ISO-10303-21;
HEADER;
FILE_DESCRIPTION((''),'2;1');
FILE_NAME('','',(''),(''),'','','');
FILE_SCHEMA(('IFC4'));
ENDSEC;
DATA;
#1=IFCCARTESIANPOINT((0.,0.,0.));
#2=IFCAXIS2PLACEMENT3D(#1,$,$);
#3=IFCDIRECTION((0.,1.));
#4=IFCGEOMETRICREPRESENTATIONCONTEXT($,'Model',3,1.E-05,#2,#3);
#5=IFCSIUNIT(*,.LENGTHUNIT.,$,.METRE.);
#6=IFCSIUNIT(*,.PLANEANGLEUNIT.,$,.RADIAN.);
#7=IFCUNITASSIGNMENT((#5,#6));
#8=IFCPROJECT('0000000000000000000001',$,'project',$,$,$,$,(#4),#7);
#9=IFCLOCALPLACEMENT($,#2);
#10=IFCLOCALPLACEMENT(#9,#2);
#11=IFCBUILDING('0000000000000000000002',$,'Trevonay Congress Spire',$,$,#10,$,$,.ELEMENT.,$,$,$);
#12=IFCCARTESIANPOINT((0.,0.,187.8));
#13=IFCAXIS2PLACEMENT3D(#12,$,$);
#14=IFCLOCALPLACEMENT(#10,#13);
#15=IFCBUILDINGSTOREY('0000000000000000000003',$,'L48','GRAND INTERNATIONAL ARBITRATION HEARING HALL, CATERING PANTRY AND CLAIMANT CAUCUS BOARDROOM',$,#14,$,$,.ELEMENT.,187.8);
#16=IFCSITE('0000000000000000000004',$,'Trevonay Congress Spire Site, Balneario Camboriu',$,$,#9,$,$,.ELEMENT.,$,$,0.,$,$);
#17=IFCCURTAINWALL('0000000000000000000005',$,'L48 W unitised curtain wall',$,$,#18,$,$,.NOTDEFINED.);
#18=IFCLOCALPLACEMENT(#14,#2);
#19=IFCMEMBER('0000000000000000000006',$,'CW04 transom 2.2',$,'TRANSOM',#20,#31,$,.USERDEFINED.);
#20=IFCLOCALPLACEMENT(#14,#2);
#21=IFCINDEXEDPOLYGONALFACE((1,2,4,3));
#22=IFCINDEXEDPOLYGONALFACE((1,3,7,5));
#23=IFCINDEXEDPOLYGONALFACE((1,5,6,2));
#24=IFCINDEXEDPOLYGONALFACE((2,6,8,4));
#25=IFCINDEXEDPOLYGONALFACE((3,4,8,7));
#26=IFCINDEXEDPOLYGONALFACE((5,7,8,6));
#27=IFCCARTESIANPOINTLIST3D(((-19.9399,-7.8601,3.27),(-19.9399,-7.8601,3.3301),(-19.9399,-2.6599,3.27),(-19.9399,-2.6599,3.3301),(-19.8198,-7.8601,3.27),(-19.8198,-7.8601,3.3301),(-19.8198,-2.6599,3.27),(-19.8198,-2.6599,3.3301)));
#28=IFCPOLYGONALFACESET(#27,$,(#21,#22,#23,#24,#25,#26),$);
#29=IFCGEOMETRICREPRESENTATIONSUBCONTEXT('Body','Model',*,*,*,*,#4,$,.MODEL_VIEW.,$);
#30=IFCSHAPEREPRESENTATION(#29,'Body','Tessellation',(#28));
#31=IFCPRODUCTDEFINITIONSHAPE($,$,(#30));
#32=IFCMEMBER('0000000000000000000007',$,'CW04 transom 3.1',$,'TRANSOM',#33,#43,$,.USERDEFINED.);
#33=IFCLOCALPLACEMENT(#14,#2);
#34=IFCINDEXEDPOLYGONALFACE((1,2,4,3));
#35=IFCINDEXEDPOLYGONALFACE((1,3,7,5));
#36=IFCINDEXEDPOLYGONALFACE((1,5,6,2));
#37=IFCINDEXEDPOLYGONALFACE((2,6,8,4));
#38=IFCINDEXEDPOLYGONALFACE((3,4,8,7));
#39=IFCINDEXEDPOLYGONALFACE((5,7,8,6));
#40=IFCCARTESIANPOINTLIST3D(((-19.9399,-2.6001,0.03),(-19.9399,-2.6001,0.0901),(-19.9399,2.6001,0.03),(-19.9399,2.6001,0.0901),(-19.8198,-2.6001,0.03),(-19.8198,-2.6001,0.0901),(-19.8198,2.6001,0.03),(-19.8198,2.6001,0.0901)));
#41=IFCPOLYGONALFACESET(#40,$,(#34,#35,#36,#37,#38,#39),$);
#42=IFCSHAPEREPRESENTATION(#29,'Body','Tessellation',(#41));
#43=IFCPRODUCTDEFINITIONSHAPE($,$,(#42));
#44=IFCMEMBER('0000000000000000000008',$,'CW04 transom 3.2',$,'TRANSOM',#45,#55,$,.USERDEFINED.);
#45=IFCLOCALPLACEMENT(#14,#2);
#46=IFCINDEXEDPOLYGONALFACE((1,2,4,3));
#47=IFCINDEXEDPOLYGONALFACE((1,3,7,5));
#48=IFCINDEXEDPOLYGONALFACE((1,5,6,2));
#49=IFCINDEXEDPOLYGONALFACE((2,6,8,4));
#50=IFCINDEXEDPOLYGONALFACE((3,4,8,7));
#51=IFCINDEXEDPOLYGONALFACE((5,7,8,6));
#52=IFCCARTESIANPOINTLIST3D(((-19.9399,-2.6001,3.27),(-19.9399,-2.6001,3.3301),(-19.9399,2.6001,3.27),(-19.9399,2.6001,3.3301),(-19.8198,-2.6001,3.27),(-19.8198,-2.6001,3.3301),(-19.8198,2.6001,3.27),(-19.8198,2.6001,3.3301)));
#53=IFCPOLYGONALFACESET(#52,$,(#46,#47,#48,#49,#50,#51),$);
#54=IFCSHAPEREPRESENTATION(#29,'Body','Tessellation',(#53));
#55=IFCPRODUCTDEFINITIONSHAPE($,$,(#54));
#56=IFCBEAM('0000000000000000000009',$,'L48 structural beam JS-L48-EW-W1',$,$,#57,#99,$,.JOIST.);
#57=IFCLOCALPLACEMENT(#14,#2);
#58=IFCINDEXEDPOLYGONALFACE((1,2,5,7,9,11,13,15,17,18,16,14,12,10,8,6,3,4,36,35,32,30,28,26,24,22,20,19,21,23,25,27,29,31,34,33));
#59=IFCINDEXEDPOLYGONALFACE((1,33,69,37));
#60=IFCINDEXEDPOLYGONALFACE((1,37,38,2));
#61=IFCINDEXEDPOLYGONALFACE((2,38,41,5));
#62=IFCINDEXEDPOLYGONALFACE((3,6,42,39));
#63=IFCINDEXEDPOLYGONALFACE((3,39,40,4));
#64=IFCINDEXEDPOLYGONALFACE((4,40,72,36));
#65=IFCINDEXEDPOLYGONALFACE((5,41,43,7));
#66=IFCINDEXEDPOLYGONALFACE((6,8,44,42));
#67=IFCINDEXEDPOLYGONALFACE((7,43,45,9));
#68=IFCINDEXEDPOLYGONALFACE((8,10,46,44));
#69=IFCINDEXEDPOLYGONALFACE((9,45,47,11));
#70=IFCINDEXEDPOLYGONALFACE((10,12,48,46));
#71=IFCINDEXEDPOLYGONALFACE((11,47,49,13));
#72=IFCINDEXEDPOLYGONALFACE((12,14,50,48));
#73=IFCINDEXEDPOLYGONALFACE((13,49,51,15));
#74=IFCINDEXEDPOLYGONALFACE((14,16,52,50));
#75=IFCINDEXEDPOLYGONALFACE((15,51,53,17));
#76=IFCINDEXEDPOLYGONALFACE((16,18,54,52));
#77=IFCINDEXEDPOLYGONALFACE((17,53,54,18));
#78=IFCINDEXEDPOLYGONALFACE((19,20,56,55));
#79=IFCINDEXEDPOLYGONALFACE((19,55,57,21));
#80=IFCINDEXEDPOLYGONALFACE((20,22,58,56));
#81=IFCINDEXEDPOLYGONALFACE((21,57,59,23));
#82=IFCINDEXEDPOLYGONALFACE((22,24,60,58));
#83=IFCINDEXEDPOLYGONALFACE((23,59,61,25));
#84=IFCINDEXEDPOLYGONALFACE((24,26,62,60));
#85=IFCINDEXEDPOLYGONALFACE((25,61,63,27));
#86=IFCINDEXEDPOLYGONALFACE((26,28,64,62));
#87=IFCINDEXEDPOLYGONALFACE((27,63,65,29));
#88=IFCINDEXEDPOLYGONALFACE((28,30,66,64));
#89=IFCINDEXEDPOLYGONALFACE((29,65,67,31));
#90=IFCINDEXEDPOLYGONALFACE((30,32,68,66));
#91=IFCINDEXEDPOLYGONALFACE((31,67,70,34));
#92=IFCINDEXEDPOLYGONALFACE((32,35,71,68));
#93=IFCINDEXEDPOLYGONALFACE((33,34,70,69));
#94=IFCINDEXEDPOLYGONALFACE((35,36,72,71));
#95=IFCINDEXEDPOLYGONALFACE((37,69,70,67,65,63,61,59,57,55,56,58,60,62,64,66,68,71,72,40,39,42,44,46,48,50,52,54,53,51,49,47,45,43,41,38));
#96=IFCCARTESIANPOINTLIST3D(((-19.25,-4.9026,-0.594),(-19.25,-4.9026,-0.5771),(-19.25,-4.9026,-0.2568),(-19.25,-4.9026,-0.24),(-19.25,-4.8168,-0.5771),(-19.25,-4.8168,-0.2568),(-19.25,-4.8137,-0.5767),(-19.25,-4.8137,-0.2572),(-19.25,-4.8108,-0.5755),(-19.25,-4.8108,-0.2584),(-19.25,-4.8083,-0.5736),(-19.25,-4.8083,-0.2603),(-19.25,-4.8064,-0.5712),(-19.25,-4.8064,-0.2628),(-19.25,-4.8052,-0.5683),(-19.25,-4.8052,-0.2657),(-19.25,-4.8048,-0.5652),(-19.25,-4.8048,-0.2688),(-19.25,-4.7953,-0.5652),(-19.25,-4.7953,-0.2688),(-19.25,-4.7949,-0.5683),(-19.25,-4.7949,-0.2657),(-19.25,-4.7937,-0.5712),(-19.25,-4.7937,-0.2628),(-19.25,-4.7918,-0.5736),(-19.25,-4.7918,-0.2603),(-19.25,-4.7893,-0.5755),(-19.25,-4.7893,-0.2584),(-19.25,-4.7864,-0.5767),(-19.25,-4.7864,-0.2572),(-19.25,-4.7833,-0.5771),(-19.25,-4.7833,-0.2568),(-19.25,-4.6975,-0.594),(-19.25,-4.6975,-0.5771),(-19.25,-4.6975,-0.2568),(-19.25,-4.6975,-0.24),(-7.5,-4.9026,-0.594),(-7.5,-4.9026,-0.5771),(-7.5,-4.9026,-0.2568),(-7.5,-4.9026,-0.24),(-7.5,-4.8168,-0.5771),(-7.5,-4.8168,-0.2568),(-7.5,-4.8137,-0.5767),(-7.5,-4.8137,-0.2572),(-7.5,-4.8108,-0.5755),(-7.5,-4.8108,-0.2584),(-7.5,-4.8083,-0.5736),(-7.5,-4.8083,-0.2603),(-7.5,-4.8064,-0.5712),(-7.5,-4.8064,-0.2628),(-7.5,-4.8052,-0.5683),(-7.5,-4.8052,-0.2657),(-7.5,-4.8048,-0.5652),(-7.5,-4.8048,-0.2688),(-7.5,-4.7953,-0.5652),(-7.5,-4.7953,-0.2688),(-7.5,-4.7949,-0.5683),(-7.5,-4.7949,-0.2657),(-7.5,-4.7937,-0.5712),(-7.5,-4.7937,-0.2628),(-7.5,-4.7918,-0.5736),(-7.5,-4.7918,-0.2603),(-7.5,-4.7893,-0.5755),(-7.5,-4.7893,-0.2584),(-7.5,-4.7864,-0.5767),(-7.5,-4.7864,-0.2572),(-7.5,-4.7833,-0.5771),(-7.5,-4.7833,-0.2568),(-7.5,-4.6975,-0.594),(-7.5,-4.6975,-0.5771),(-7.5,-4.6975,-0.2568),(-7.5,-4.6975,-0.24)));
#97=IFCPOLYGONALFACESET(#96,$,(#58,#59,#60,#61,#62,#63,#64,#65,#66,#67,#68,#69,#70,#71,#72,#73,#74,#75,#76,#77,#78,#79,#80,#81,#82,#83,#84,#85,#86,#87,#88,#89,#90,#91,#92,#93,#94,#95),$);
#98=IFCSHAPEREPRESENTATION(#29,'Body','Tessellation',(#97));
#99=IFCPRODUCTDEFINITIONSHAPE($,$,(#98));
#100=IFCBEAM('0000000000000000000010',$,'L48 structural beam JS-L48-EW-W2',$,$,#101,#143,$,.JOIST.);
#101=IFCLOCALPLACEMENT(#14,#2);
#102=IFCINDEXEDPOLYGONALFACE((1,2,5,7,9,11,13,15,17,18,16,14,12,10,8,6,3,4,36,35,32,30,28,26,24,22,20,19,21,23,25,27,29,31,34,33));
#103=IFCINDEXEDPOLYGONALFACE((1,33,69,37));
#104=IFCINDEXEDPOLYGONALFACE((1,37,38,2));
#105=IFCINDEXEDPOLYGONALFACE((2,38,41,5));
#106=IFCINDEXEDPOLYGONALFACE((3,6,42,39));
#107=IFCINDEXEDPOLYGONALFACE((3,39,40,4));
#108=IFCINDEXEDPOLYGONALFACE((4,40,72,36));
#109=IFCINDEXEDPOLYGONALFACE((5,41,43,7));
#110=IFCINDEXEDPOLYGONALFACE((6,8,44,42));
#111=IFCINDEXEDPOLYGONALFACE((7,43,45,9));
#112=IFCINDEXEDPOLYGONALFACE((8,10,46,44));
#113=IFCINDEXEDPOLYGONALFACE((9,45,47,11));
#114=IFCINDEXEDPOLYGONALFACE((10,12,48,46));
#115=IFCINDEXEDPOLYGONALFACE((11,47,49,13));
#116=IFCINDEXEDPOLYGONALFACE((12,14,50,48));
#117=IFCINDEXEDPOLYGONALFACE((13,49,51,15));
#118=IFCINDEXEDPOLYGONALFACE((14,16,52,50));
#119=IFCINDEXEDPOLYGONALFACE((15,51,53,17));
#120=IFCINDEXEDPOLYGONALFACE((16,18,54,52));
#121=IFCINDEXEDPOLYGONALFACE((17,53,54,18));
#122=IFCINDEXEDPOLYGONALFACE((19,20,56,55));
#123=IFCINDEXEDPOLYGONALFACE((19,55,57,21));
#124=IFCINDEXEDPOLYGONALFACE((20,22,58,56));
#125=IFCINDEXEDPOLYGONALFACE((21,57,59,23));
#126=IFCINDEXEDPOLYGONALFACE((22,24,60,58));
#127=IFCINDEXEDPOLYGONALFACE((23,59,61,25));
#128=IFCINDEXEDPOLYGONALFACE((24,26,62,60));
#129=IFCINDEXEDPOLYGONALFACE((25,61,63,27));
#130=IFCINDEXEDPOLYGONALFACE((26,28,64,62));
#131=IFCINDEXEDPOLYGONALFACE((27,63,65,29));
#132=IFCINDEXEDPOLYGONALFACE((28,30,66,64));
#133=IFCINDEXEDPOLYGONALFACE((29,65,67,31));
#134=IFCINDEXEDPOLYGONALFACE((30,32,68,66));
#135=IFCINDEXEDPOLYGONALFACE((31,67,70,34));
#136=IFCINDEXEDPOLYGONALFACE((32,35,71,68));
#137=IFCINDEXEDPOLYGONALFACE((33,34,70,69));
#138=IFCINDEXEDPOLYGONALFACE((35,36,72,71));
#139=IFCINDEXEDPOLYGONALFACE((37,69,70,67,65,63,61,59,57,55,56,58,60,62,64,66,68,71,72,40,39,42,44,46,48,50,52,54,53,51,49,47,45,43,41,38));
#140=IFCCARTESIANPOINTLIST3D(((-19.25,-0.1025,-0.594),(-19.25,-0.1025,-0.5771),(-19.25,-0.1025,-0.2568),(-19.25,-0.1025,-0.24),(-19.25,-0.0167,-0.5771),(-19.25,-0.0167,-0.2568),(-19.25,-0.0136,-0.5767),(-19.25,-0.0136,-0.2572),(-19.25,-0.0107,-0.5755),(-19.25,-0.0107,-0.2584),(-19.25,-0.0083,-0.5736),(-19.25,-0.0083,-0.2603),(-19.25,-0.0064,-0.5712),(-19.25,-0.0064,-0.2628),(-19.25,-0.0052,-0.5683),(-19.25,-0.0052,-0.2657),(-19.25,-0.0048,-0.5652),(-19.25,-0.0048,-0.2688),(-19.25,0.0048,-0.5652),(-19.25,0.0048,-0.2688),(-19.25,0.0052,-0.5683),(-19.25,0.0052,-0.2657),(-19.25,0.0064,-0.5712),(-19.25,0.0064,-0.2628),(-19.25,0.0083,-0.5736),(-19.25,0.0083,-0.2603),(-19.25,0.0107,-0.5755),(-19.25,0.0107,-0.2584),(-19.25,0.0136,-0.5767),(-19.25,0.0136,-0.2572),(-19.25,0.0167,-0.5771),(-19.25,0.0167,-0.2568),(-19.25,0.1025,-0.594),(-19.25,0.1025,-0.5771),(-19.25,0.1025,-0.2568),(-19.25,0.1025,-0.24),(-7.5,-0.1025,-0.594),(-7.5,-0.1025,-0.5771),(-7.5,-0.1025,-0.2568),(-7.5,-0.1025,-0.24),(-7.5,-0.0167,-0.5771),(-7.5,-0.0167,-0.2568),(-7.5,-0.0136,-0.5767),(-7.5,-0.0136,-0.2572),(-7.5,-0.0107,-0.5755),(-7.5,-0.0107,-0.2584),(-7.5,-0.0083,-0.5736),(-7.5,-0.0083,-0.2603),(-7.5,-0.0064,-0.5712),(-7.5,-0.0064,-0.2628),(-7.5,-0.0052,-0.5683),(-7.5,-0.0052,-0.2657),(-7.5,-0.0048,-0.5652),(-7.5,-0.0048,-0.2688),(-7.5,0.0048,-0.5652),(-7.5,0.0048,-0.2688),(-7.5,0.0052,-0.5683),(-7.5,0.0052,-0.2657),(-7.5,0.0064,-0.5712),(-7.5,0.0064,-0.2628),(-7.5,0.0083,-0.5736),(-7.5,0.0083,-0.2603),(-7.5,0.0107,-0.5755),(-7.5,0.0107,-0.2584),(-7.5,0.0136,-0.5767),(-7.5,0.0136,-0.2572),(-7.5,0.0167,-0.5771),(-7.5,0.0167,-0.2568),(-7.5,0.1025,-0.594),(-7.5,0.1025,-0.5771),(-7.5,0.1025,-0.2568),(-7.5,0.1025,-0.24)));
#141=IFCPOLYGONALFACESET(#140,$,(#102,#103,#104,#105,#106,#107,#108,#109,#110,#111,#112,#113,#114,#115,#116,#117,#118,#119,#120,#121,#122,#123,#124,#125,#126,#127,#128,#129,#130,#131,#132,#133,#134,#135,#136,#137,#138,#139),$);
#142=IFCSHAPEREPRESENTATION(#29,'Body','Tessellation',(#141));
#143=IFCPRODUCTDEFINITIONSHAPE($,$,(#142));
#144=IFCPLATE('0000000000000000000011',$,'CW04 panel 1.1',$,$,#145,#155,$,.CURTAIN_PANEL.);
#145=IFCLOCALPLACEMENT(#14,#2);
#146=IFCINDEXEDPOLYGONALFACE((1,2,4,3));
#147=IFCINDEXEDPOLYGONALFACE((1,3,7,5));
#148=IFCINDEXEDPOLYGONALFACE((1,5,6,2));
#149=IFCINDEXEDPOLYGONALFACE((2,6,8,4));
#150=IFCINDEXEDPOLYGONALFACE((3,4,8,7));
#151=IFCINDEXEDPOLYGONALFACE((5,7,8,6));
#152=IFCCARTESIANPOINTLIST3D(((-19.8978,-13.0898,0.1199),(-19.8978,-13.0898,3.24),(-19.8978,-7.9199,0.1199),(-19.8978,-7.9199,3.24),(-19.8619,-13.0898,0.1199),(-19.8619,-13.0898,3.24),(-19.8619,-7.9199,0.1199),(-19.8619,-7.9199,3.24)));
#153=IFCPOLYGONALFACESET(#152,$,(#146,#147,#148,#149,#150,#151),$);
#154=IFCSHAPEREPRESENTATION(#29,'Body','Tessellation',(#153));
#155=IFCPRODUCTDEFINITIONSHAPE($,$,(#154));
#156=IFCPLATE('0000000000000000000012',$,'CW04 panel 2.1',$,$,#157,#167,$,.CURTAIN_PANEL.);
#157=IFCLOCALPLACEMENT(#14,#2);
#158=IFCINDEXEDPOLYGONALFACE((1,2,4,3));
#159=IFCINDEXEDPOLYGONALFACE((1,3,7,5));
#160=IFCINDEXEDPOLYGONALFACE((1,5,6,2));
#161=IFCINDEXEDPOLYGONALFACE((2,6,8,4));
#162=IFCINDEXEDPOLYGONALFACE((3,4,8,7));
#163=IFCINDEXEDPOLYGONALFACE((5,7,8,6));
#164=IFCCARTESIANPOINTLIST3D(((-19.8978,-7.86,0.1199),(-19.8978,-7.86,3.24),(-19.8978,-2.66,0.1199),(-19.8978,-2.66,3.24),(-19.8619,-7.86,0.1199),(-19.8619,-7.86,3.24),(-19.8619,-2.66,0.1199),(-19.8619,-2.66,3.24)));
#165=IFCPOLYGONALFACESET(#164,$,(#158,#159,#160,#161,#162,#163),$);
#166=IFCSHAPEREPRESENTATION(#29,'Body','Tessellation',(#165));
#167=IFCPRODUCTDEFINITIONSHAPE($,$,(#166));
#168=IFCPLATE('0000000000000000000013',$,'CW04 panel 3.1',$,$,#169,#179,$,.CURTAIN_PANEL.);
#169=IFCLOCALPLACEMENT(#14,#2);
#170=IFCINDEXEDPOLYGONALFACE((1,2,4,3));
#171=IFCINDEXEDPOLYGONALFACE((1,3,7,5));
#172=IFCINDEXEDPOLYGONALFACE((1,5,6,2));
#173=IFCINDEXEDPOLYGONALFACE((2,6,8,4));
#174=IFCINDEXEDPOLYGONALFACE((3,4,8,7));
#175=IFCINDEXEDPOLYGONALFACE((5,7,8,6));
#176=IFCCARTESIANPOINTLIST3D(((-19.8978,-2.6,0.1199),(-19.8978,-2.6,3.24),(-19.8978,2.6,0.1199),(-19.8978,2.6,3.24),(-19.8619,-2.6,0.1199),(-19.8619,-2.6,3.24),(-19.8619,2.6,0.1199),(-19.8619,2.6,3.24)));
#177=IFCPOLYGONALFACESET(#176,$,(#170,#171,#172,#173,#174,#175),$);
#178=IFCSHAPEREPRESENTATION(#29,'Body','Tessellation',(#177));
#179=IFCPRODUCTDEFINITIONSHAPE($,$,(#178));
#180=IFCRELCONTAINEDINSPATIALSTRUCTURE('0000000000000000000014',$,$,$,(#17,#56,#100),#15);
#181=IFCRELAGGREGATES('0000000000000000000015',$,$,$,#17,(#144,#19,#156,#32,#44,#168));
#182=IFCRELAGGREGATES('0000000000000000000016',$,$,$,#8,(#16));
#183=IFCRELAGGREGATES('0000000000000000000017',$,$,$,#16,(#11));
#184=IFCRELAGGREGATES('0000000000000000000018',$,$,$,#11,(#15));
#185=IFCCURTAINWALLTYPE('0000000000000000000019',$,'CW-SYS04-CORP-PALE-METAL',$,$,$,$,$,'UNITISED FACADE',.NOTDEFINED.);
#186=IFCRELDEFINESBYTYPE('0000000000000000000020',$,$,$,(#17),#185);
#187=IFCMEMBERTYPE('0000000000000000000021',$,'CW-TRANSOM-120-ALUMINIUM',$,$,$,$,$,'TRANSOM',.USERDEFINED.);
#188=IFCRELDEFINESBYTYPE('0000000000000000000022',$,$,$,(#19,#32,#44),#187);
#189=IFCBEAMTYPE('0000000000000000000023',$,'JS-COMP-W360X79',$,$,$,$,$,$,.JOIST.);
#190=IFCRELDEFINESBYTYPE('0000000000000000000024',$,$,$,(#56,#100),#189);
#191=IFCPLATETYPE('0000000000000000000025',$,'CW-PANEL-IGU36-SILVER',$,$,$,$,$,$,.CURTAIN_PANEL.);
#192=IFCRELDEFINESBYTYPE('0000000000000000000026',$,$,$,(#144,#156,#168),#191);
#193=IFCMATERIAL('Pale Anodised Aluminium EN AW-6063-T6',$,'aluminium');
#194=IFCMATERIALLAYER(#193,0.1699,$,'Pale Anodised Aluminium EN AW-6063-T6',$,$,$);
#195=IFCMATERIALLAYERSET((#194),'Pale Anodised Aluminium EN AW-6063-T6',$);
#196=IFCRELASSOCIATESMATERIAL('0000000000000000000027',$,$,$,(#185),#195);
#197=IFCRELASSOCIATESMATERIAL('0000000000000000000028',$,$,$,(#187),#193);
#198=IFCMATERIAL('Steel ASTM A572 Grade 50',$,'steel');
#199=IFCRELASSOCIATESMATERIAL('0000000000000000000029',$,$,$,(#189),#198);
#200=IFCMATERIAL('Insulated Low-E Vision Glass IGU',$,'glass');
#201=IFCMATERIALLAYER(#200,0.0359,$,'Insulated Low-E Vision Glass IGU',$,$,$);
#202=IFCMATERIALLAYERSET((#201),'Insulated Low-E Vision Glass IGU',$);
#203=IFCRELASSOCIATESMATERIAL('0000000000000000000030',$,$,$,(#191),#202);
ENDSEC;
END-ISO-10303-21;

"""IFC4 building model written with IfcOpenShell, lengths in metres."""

from ifc_helpers import new_model, si_unit, direction, frame, origin, origin_2d, place, context, subcontext, project, spatial, rectangle, i_section, extrude, material, layer, layer_set, material_profile, profile_set, type_object, element, aggregate, save


model = new_model("IFC4")

# Units and contexts
model_context = context("Model", 3, precision=1e-05, world=origin(), true_north=direction((0.0, 1.0)))
body_context = subcontext(model_context, "Body", "Model", "MODEL_VIEW")
ifc_project = project(units=[si_unit("LENGTHUNIT", "METRE"), si_unit("PLANEANGLEUNIT", "RADIAN")], contexts=[model_context])

# Site, building, storey
site_placement = place(None, origin())
site = spatial("IfcSite", under=ifc_project, at=site_placement, Name="Trevonay Congress Spire Site, Balneario Camboriu", CompositionType="ELEMENT", RefElevation=0.0)
building_placement = place(site_placement, origin())
building = spatial("IfcBuilding", under=site, at=building_placement, Name="Trevonay Congress Spire", CompositionType="ELEMENT")
storey_placement = place(building_placement, frame((0.0, 0.0, 187.8)))
storey = spatial("IfcBuildingStorey", under=building, at=storey_placement, Name="L48", Description="GRAND INTERNATIONAL ARBITRATION HEARING HALL, CATERING PANTRY AND CLAIMANT CAUCUS BOARDROOM", CompositionType="ELEMENT", Elevation=187.8)

# Shared definitions
ifc_material_1 = material(Name="Steel ASTM A572 Grade 50", Category="steel")

# Curtain wall, members
ifc_material_2 = material(Name="Pale Anodised Aluminium EN AW-6063-T6", Category="aluminium")
ifc_layer_1 = layer(ifc_material_2, 0.1699, Name="Pale Anodised Aluminium EN AW-6063-T6")
ifc_layer_set_1 = layer_set([ifc_layer_1], Name="Pale Anodised Aluminium EN AW-6063-T6")
curtain_wall_type = type_object("IfcCurtainWallType", Name="CW-SYS04-CORP-PALE-METAL", ElementType="UNITISED FACADE", PredefinedType="NOTDEFINED", material=ifc_layer_set_1)
curtain_wall_placement = place(storey_placement, origin())
curtain_wall = element("IfcCurtainWall", 1, at=curtain_wall_placement, inside=storey, type_object=curtain_wall_type, Name="L48 W unitised curtain wall", PredefinedType="NOTDEFINED")
ifc_material_profile_1 = material_profile(ifc_material_2, rectangle(XDim=0.1201, YDim=0.0601, at=origin_2d()), Name="CW-TRANSOM-120-ALUMINIUM")
ifc_profile_set_1 = profile_set([ifc_material_profile_1], Name="Pale Anodised Aluminium EN AW-6063-T6")
member_type_1 = type_object("IfcMemberType", Name="CW-TRANSOM-120-ALUMINIUM", ElementType="TRANSOM", PredefinedType="USERDEFINED", material=ifc_profile_set_1)
member_1_placement = place(storey_placement, frame((-19.8799, -7.8601, 3.3), z_axis=(0.0, 1.0, 0.0), x_axis=(-1.0, 0.0, 0.0)))
member_1 = element("IfcMember", 2, at=member_1_placement, type_object=member_type_1, Name="CW04 transom 2.2", ObjectType="TRANSOM", PredefinedType="USERDEFINED", context=body_context, shape_type="SweptSolid", body=[
    extrude(rectangle(XDim=0.1201, YDim=0.0601, at=origin_2d()), origin(), (0.0, 0.0, 1.0), 5.2002),
])
member_2_placement = place(storey_placement, frame((-19.8799, -2.6001, 0.0601), z_axis=(0.0, 1.0, 0.0), x_axis=(-1.0, 0.0, 0.0)))
member_2 = element("IfcMember", 3, at=member_2_placement, type_object=member_type_1, Name="CW04 transom 3.1", ObjectType="TRANSOM", PredefinedType="USERDEFINED", context=body_context, shape_type="SweptSolid", body=[
    extrude(rectangle(XDim=0.1201, YDim=0.0601, at=origin_2d()), origin(), (0.0, 0.0, 1.0), 5.2002),
])
member_3_placement = place(storey_placement, frame((-19.8799, -2.6001, 3.3), z_axis=(0.0, 1.0, 0.0), x_axis=(-1.0, 0.0, 0.0)))
member_3 = element("IfcMember", 4, at=member_3_placement, type_object=member_type_1, Name="CW04 transom 3.2", ObjectType="TRANSOM", PredefinedType="USERDEFINED", context=body_context, shape_type="SweptSolid", body=[
    extrude(rectangle(XDim=0.1201, YDim=0.0601, at=origin_2d()), origin(), (0.0, 0.0, 1.0), 5.2002),
])

# Beams
ifc_material_profile_2 = material_profile(ifc_material_1, i_section(OverallWidth=0.2051, OverallDepth=0.354, WebThickness=0.0095, FlangeThickness=0.0168, FilletRadius=0.012, at=origin_2d()), Name="W360x79")
ifc_profile_set_2 = profile_set([ifc_material_profile_2], Name="Steel ASTM A572 Grade 50")
beam_type_1 = type_object("IfcBeamType", Name="JS-COMP-W360X79", PredefinedType="JOIST", material=ifc_profile_set_2)
for number, where, z_axis, x_axis, name in (
    (5, (-19.25, -4.8, -0.417), (1.0, 0.0, 0.0), (0.0, 1.0, 0.0), "L48 structural beam JS-L48-EW-W1"),
    (6, (-19.25, 0.0, -0.417), (1.0, 0.0, 0.0), (0.0, 1.0, 0.0), "L48 structural beam JS-L48-EW-W2"),
):
    element("IfcBeam", number, at=place(storey_placement, frame(where, z_axis=z_axis, x_axis=x_axis)), inside=storey, type_object=beam_type_1, Name=name, PredefinedType="JOIST", context=body_context, shape_type="SweptSolid", body=[
        extrude(i_section(OverallWidth=0.2051, OverallDepth=0.354, WebThickness=0.0095, FlangeThickness=0.0168, FilletRadius=0.012, at=origin_2d()), origin(), (0.0, 0.0, 1.0), 11.75),
    ])

# Plates
ifc_material_3 = material(Name="Insulated Low-E Vision Glass IGU", Category="glass")
ifc_layer_2 = layer(ifc_material_3, 0.0359, Name="Insulated Low-E Vision Glass IGU")
ifc_layer_set_2 = layer_set([ifc_layer_2], Name="Insulated Low-E Vision Glass IGU")
plate_type = type_object("IfcPlateType", Name="CW-PANEL-IGU36-SILVER", PredefinedType="CURTAIN_PANEL", material=ifc_layer_set_2)
plate_1_placement = place(storey_placement, frame((-19.8799, -10.5049, 0.1199), z_axis=(0.0, 0.0, 1.0), x_axis=(0.0, 1.0, 0.0)))
plate_1 = element("IfcPlate", 7, at=plate_1_placement, type_object=plate_type, Name="CW04 panel 1.1", PredefinedType="CURTAIN_PANEL", context=body_context, shape_type="SweptSolid", body=[
    extrude(rectangle(XDim=5.1699, YDim=0.0359, at=origin_2d()), origin(), (0.0, 0.0, 1.0), 3.1201),
])
plate_2_placement = place(storey_placement, frame((-19.8799, -5.26, 0.1199), z_axis=(0.0, 0.0, 1.0), x_axis=(0.0, 1.0, 0.0)))
plate_2 = element("IfcPlate", 8, at=plate_2_placement, type_object=plate_type, Name="CW04 panel 2.1", PredefinedType="CURTAIN_PANEL", context=body_context, shape_type="SweptSolid", body=[
    extrude(rectangle(XDim=5.2, YDim=0.0359, at=origin_2d()), origin(), (0.0, 0.0, 1.0), 3.1201),
])
plate_3_placement = place(storey_placement, frame((-19.8799, 0.0, 0.1199), z_axis=(0.0, 0.0, 1.0), x_axis=(0.0, 1.0, 0.0)))
plate_3 = element("IfcPlate", 9, at=plate_3_placement, type_object=plate_type, Name="CW04 panel 3.1", PredefinedType="CURTAIN_PANEL", context=body_context, shape_type="SweptSolid", body=[
    extrude(rectangle(XDim=5.2, YDim=0.0359, at=origin_2d()), origin(), (0.0, 0.0, 1.0), 3.1201),
])
aggregate(curtain_wall, [plate_1, member_1, plate_2, member_2, member_3, plate_3])

save(model, "model.ifc")
